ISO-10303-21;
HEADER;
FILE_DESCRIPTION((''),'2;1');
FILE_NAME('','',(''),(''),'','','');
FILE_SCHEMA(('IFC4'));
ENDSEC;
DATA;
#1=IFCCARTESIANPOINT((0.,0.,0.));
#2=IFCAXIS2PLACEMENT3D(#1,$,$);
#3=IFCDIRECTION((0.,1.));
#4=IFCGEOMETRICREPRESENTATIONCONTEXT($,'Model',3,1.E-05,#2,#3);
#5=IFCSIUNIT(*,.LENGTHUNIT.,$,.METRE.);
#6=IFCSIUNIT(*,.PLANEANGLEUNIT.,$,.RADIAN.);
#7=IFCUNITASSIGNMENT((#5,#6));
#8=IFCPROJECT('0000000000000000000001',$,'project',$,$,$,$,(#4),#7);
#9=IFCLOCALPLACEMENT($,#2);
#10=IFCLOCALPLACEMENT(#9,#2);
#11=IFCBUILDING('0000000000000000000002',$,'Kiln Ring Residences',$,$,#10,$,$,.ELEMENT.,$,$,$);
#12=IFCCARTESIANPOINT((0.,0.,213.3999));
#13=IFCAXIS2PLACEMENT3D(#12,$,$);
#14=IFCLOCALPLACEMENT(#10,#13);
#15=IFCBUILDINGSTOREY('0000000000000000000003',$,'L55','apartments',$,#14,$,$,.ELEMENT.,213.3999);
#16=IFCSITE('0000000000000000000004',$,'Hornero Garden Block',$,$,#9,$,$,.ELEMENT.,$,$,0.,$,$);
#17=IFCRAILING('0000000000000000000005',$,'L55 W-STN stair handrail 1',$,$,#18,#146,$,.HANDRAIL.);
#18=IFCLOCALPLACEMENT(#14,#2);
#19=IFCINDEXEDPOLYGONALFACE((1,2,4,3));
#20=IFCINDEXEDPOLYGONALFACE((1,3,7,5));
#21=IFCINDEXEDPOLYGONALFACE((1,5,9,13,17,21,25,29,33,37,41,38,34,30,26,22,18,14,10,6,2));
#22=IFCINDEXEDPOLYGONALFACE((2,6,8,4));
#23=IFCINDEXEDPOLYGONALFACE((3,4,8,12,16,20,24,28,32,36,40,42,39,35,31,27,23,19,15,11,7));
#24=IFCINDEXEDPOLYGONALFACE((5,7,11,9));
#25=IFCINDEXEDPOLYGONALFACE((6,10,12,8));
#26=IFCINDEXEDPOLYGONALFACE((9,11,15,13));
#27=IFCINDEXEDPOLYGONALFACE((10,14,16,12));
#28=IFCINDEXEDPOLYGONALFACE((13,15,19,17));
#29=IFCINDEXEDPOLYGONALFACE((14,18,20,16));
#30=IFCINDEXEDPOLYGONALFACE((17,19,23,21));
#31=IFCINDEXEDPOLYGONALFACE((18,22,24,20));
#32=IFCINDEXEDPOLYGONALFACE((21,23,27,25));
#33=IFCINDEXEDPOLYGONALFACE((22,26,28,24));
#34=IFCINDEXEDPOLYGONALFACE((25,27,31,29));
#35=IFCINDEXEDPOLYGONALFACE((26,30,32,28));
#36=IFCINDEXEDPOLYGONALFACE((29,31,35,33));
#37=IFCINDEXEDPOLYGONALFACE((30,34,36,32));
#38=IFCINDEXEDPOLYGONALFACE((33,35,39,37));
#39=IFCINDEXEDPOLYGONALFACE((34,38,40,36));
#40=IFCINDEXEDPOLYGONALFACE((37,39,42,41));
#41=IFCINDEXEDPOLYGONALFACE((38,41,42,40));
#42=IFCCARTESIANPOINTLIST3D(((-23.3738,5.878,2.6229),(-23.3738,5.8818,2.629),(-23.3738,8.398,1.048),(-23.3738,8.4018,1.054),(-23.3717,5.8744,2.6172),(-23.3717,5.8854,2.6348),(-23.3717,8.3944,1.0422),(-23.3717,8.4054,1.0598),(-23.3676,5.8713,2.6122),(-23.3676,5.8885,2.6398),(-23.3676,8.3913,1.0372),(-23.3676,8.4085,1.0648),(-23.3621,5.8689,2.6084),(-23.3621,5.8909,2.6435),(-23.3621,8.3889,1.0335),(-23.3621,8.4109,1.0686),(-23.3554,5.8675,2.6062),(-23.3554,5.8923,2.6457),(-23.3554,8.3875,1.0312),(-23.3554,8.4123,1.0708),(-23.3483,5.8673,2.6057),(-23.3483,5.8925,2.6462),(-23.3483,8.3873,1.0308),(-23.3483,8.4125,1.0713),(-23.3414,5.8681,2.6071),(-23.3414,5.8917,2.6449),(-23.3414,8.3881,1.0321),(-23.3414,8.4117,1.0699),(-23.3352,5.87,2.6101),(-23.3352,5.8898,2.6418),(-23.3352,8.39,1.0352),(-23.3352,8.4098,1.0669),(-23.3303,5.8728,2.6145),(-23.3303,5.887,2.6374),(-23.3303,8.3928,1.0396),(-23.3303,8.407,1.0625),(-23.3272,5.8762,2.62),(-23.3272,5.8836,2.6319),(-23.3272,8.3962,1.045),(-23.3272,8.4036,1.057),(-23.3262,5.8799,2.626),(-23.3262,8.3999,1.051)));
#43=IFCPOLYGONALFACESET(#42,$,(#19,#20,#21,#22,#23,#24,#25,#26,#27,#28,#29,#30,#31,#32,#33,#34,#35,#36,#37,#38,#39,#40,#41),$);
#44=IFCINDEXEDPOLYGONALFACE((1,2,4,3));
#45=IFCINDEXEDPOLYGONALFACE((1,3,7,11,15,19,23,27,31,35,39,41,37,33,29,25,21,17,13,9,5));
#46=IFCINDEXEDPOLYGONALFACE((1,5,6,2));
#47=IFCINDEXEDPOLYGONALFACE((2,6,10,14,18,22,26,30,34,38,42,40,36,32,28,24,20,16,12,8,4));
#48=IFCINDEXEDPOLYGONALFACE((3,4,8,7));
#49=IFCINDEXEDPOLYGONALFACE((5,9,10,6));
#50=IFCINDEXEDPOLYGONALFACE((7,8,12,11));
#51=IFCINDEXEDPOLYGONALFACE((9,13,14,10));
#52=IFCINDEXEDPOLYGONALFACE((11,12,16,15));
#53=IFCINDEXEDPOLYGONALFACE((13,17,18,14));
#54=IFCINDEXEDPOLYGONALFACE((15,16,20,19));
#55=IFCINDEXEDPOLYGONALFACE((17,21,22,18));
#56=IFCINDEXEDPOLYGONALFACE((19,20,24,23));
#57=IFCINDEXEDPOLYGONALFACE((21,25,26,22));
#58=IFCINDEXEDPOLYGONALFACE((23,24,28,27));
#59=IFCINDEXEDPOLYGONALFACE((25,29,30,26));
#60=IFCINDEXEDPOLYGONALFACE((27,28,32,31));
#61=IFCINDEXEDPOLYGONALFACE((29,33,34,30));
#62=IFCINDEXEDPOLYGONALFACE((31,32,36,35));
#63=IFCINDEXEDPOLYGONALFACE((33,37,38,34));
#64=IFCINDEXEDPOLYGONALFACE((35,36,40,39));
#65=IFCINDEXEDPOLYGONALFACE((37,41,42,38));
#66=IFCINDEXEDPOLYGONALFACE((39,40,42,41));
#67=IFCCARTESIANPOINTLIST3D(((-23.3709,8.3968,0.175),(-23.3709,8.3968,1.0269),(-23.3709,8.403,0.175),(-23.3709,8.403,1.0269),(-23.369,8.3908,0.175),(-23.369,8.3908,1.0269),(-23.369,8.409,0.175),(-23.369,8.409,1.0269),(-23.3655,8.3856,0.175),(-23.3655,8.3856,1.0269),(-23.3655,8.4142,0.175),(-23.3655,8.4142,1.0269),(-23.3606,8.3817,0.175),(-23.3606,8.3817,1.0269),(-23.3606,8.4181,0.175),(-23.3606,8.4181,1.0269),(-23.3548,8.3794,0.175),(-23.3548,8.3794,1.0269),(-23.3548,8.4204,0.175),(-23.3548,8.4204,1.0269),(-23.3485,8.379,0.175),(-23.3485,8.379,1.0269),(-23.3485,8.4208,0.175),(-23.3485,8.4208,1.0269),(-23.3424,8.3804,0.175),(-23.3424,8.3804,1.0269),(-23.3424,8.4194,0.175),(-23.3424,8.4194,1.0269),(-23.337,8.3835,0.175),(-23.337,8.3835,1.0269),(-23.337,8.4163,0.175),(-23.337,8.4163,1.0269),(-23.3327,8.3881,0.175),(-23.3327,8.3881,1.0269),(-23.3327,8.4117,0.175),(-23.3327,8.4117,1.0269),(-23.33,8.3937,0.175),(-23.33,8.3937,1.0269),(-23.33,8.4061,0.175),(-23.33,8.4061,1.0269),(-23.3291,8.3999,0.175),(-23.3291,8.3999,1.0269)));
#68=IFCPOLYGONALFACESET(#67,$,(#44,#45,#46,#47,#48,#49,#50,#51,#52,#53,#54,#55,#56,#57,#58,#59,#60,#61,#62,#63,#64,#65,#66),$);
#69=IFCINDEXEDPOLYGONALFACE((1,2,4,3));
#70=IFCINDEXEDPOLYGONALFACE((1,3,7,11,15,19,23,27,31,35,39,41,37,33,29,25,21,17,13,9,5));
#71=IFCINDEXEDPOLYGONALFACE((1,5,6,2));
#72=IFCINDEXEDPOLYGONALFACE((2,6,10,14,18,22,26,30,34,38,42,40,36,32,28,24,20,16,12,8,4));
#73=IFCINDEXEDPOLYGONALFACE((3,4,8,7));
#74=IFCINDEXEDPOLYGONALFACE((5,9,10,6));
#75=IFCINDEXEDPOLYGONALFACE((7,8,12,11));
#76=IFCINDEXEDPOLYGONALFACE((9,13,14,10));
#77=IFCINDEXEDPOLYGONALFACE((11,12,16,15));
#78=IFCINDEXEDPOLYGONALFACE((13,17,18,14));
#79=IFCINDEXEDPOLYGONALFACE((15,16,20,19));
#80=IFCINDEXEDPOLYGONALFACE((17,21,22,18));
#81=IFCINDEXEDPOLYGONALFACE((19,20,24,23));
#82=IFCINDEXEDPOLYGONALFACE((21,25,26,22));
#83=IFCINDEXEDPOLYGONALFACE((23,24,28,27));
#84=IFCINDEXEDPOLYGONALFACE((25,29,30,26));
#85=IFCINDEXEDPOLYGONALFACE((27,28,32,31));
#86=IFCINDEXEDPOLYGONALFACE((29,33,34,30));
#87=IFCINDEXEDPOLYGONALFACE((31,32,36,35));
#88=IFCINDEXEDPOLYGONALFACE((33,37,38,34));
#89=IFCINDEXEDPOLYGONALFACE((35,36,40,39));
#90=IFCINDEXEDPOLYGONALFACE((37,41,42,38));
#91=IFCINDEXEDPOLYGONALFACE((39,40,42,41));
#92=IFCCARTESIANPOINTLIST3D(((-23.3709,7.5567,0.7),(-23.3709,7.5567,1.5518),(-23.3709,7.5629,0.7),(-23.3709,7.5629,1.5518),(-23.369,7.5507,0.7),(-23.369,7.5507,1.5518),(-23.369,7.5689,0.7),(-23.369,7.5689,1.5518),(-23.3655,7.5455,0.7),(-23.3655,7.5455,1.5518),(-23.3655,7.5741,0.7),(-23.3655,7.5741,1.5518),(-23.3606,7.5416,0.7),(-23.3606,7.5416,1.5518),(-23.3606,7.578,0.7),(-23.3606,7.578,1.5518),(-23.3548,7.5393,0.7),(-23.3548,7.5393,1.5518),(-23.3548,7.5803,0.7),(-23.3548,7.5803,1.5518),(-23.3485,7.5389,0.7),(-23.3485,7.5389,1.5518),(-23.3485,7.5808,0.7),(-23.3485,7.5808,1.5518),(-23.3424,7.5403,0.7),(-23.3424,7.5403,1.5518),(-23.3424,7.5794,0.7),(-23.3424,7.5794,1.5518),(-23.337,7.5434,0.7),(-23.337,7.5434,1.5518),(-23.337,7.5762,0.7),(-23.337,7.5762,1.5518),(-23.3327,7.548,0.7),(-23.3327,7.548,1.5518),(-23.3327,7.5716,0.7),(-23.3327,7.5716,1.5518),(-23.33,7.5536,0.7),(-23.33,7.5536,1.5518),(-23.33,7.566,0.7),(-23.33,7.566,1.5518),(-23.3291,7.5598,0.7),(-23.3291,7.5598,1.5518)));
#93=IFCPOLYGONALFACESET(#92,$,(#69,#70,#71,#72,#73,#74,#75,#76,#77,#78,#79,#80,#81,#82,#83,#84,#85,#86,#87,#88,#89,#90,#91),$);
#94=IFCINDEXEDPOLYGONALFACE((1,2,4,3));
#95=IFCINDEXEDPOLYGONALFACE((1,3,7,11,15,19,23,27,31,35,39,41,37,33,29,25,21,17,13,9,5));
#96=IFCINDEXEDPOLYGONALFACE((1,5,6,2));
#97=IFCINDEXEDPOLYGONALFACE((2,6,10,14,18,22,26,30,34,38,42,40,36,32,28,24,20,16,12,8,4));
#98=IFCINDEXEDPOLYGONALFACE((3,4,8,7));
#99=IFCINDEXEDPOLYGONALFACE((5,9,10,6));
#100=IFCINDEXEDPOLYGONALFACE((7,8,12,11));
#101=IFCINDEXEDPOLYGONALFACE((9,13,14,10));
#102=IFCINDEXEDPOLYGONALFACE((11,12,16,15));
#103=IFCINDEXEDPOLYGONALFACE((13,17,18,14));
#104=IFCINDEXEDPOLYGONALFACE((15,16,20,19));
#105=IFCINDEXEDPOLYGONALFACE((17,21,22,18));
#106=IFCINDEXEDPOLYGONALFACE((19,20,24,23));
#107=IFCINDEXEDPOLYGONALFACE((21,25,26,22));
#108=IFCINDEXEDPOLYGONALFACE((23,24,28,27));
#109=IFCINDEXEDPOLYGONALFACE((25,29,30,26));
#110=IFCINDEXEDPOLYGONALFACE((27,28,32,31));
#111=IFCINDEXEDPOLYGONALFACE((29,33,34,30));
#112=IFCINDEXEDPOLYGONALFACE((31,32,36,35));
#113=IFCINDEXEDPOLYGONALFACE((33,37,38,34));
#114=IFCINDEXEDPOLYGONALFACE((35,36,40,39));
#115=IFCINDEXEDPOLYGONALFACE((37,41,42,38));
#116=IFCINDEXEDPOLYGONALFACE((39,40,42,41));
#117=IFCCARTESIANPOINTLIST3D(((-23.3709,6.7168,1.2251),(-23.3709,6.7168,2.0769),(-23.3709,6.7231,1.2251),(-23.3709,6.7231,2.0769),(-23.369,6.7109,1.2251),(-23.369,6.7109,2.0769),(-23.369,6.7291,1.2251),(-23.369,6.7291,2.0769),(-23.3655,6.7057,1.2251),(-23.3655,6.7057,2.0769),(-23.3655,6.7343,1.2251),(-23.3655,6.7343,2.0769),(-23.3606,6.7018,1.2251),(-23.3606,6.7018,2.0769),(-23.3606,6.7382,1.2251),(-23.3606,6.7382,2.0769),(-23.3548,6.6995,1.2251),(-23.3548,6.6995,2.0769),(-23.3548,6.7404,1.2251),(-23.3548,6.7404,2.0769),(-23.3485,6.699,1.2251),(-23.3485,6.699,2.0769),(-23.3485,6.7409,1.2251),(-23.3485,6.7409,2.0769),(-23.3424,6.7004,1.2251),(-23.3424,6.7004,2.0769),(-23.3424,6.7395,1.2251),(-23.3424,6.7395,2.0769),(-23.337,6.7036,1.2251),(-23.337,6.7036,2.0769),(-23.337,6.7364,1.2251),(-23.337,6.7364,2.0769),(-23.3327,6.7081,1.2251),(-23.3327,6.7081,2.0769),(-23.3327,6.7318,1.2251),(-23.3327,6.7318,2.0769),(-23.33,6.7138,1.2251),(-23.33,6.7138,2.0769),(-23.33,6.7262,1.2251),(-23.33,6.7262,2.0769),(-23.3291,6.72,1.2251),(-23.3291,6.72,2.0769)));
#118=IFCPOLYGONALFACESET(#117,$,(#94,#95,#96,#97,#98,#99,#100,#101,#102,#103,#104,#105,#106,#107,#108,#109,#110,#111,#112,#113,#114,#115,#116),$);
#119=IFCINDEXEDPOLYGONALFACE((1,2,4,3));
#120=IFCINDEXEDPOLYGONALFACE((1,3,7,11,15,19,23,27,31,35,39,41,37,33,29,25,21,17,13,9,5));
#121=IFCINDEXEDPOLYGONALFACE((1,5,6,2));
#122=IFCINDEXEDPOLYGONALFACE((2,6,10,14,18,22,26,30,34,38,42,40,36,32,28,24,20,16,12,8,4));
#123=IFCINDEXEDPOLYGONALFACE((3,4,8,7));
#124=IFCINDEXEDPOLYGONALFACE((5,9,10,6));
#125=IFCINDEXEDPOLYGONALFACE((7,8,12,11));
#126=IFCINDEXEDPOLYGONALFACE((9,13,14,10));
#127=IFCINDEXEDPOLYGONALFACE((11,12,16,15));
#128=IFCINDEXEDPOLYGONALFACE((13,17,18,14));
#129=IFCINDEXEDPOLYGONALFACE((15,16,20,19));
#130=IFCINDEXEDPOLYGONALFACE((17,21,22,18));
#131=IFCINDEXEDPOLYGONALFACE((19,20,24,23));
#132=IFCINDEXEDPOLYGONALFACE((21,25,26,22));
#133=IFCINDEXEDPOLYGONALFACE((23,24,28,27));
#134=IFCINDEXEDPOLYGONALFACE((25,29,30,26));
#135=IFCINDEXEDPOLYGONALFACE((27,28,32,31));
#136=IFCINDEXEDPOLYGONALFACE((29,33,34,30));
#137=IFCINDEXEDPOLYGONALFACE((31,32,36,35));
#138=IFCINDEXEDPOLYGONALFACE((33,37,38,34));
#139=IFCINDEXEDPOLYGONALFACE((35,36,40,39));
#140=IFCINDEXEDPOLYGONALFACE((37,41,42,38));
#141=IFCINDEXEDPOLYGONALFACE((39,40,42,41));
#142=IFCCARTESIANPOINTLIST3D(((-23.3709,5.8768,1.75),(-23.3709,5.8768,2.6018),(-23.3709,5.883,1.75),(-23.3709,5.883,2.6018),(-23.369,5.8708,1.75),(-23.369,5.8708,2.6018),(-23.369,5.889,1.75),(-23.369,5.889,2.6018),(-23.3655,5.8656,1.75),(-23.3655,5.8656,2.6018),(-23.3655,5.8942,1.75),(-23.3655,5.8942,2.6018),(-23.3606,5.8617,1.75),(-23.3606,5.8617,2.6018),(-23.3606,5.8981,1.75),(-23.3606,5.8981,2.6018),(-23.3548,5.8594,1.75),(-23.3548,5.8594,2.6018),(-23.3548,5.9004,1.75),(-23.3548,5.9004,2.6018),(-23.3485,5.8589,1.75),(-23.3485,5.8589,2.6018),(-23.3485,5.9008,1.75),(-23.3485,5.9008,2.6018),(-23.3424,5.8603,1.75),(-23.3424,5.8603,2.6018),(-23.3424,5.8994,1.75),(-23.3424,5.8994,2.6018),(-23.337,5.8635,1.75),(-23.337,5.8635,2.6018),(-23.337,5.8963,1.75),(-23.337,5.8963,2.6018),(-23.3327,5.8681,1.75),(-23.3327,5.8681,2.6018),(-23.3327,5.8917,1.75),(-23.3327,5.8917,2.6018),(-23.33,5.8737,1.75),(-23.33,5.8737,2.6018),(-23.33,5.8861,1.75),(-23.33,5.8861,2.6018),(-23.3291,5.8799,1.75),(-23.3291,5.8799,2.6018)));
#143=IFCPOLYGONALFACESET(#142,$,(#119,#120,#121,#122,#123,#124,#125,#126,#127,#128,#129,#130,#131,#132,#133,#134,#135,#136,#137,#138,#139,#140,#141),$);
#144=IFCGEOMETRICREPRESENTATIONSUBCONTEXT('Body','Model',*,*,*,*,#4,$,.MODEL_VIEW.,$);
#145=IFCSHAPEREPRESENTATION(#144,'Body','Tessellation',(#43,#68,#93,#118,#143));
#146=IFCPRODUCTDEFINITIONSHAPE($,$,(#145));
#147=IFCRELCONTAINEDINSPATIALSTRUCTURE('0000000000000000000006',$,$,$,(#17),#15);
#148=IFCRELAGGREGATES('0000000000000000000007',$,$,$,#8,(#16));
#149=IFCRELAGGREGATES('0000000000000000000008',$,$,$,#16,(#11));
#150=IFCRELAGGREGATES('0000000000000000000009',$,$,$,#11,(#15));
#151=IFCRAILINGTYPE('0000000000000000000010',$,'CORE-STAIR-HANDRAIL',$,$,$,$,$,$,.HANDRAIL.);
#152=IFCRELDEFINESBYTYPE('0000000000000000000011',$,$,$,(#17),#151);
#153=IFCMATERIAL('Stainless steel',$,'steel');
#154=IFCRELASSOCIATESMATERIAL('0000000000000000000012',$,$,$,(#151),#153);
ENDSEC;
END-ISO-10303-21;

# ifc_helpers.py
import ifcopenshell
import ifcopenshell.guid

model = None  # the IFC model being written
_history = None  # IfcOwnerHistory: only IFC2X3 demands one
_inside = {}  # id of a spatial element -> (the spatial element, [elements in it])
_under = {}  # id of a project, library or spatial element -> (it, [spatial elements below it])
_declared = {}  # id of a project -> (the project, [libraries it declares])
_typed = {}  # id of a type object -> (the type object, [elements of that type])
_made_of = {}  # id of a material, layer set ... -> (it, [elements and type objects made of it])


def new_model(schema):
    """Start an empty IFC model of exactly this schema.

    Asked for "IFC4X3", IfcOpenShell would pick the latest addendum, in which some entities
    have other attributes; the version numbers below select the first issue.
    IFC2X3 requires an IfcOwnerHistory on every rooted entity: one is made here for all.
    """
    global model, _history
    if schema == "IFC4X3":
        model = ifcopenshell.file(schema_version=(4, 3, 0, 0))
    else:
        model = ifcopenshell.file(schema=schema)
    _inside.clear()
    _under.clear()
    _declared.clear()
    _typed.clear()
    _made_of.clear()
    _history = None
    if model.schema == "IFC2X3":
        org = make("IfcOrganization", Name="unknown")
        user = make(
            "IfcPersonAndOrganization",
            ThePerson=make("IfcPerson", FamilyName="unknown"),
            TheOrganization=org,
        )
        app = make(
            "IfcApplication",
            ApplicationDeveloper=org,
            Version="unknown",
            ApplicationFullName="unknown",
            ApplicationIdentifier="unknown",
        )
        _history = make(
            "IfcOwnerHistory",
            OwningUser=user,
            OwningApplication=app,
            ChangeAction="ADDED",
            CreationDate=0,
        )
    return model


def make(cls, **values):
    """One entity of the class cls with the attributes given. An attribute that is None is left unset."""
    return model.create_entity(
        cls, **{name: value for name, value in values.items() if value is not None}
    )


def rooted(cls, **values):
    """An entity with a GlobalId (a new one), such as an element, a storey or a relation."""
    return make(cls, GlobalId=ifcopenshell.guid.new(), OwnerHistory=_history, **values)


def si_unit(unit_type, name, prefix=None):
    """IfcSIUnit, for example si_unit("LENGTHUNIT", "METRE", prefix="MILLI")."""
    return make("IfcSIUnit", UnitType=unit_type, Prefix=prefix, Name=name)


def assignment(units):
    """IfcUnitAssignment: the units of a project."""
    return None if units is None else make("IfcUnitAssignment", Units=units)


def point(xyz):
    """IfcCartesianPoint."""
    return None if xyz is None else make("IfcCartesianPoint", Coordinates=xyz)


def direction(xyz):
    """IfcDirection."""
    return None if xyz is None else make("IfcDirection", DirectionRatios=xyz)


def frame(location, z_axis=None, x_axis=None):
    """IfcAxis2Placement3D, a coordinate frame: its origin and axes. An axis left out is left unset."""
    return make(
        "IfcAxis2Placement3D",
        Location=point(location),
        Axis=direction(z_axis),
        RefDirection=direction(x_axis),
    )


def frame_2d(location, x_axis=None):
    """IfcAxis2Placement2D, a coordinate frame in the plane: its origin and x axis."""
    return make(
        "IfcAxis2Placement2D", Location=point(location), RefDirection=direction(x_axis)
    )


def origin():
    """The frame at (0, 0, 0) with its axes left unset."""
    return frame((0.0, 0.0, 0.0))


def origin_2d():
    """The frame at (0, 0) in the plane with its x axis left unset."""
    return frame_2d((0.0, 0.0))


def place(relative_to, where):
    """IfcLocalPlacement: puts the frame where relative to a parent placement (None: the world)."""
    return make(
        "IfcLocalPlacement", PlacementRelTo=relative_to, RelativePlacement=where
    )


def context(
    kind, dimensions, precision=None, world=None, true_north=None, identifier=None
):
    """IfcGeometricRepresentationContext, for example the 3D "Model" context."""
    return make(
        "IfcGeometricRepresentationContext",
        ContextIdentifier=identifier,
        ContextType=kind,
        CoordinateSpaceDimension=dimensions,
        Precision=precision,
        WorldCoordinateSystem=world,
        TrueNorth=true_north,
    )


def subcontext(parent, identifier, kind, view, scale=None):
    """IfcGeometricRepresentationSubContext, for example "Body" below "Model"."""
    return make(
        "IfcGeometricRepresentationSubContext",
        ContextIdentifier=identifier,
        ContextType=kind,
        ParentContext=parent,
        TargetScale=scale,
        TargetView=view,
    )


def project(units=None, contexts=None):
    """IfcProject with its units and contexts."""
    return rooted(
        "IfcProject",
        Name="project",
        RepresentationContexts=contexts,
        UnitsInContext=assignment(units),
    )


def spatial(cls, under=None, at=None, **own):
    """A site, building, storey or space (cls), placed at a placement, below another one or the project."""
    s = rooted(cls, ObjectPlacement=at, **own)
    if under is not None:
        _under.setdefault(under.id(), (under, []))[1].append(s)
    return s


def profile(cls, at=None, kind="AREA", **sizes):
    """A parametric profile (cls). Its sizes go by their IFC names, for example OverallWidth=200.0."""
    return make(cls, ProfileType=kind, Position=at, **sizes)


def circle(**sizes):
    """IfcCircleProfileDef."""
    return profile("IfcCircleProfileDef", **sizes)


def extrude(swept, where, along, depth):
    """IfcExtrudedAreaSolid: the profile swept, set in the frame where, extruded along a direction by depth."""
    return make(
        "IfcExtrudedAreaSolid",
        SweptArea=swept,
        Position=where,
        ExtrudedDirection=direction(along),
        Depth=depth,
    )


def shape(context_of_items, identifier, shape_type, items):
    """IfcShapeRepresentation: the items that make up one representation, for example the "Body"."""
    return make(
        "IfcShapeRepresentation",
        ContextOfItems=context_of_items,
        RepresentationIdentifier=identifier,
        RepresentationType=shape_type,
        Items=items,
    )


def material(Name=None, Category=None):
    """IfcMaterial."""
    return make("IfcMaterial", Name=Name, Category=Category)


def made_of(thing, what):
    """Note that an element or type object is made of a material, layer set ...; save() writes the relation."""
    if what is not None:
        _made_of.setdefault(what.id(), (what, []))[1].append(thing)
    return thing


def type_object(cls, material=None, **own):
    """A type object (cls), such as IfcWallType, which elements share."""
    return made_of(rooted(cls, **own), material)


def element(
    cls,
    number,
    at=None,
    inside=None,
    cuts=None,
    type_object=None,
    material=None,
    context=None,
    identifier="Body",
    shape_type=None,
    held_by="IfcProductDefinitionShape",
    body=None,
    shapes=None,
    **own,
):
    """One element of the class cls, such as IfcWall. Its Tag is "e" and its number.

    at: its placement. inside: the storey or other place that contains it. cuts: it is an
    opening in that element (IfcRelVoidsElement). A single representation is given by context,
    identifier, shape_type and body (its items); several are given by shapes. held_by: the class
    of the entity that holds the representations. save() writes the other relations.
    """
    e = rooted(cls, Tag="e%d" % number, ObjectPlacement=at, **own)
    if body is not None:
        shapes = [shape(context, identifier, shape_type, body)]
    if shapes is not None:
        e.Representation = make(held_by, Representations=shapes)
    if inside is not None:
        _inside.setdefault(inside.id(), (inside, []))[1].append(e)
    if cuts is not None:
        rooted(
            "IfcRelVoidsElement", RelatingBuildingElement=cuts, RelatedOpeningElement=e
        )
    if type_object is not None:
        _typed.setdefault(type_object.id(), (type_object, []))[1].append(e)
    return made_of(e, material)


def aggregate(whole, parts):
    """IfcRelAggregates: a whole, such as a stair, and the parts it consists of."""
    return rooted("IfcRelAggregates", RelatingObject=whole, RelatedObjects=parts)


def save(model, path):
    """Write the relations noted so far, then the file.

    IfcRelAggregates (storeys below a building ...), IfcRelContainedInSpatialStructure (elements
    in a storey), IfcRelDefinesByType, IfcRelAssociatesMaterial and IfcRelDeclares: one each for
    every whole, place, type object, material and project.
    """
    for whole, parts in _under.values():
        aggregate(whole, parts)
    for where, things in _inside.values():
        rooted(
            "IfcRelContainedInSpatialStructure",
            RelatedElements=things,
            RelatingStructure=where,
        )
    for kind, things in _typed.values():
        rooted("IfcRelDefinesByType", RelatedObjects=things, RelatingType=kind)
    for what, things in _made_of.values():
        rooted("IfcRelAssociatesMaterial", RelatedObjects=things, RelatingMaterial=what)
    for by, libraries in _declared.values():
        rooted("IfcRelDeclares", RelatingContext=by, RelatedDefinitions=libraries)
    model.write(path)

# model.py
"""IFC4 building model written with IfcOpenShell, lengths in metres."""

from ifc_helpers import new_model, si_unit, direction, frame, origin, origin_2d, place, context, subcontext, project, spatial, circle, extrude, material, type_object, element, save


model = new_model("IFC4")

# Units and contexts
model_context = context("Model", 3, precision=1e-05, world=origin(), true_north=direction((0.0, 1.0)))
body_context = subcontext(model_context, "Body", "Model", "MODEL_VIEW")
ifc_project = project(units=[si_unit("LENGTHUNIT", "METRE"), si_unit("PLANEANGLEUNIT", "RADIAN")], contexts=[model_context])

# Site, building, storey
site_placement = place(None, origin())
site = spatial("IfcSite", under=ifc_project, at=site_placement, Name="Hornero Garden Block", CompositionType="ELEMENT", RefElevation=0.0)
building_placement = place(site_placement, origin())
building = spatial("IfcBuilding", under=site, at=building_placement, Name="Kiln Ring Residences", CompositionType="ELEMENT")
storey_placement = place(building_placement, frame((0.0, 0.0, 213.3999)))
storey = spatial("IfcBuildingStorey", under=building, at=storey_placement, Name="L55", Description="apartments", CompositionType="ELEMENT", Elevation=213.3999)

# Railing
ifc_material_1 = material(Name="Stainless steel", Category="steel")
railing_type_1 = type_object("IfcRailingType", Name="CORE-STAIR-HANDRAIL", PredefinedType="HANDRAIL", material=ifc_material_1)
railing_1_placement = place(storey_placement, frame((-23.3501, 8.3999, 0.175)))
element("IfcRailing", 1, at=railing_1_placement, inside=storey, type_object=railing_type_1, Name="L55 W-STN stair handrail 1", PredefinedType="HANDRAIL", context=body_context, shape_type="SweptSolid", body=[
    extrude(circle(Radius=0.0239, at=origin_2d()), frame((0.0, 0.0, 0.876), z_axis=(0.0, -0.848008, 0.529984), x_axis=(1.0, 0.0, 0.0)), (0.0, 0.0, 1.0), 2.9717),
    extrude(circle(Radius=0.021, at=origin_2d()), origin(), (0.0, 0.0, 1.0), 0.8518),
    extrude(circle(Radius=0.021, at=origin_2d()), frame((0.0, -0.8401, 0.5249)), (0.0, 0.0, 1.0), 0.8518),
    extrude(circle(Radius=0.021, at=origin_2d()), frame((0.0, -1.6799, 1.05)), (0.0, 0.0, 1.0), 0.8518),
    extrude(circle(Radius=0.021, at=origin_2d()), frame((0.0, -2.52, 1.575)), (0.0, 0.0, 1.0), 0.8518),
])

save(model, "model.ifc")
